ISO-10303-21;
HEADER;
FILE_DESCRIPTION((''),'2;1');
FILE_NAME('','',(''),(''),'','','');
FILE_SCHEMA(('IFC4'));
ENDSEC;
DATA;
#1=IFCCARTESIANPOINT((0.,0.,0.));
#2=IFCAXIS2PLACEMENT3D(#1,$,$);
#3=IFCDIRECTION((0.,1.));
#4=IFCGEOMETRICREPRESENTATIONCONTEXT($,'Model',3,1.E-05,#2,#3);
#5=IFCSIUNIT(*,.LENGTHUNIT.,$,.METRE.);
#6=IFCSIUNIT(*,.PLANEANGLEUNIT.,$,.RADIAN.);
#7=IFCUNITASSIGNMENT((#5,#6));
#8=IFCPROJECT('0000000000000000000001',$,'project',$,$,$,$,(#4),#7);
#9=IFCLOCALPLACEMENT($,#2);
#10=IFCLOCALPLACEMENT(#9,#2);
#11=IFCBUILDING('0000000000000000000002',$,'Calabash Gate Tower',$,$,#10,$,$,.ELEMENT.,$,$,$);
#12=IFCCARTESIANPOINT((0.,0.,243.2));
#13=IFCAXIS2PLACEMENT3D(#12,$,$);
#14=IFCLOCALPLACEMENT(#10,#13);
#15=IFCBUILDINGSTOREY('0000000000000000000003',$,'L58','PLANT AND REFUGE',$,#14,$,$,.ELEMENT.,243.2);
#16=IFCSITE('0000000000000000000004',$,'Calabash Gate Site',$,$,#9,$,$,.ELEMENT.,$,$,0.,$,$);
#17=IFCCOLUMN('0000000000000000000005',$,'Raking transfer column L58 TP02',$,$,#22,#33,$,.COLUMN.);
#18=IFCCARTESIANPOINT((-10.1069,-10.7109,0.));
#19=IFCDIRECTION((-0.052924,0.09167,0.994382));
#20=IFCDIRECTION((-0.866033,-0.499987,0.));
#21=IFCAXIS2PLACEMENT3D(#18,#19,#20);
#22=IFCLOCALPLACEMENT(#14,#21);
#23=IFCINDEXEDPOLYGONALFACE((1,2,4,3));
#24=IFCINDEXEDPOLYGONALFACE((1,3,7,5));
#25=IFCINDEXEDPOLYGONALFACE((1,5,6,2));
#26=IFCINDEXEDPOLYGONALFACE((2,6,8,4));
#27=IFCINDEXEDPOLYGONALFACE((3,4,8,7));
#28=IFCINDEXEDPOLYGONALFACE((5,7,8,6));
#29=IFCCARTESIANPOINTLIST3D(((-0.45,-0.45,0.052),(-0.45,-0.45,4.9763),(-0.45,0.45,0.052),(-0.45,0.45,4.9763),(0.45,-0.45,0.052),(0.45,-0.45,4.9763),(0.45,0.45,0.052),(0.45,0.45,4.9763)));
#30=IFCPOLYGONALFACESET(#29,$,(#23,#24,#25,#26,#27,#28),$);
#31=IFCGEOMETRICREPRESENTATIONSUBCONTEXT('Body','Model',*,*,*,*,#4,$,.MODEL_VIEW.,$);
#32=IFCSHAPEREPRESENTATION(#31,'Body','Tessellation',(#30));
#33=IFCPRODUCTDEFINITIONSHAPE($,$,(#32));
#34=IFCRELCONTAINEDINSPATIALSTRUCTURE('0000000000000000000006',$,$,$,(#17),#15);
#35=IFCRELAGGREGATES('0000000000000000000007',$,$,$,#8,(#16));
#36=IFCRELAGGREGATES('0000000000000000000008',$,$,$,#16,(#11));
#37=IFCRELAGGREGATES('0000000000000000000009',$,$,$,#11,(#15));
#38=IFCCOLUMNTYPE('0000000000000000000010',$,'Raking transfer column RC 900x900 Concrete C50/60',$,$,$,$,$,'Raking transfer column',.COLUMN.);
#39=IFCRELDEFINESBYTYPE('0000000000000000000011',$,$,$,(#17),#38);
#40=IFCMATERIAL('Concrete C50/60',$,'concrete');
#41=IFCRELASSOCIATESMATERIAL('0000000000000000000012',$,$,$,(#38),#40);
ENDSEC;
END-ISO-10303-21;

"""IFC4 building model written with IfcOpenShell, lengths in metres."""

from ifc_helpers import new_model, si_unit, direction, frame, origin, origin_2d, place, context, subcontext, project, spatial, rectangle, extrude, clip, halfspace, material, material_profile, profile_set, type_object, element, save


model = new_model("IFC4")

# Units and contexts
model_context = context("Model", 3, precision=1e-05, world=origin(), true_north=direction((0.0, 1.0)))
body_context = subcontext(model_context, "Body", "Model", "MODEL_VIEW")
ifc_project = project(units=[si_unit("LENGTHUNIT", "METRE"), si_unit("PLANEANGLEUNIT", "RADIAN")], contexts=[model_context])

# Site, building, storey
site_placement = place(None, origin())
site = spatial("IfcSite", under=ifc_project, at=site_placement, Name="Calabash Gate Site", CompositionType="ELEMENT", RefElevation=0.0)
building_placement = place(site_placement, origin())
building = spatial("IfcBuilding", under=site, at=building_placement, Name="Calabash Gate Tower", CompositionType="ELEMENT")
storey_placement = place(building_placement, frame((0.0, 0.0, 243.2)))
storey = spatial("IfcBuildingStorey", under=building, at=storey_placement, Name="L58", Description="PLANT AND REFUGE", CompositionType="ELEMENT", Elevation=243.2)

# Column
ifc_material_1 = material(Name="Concrete C50/60", Category="concrete")
ifc_material_profile_1 = material_profile(ifc_material_1, rectangle(XDim=0.8999, YDim=0.8999, at=origin_2d()))
ifc_profile_set_1 = profile_set([ifc_material_profile_1], Name="Concrete C50/60")
column_type_1 = type_object("IfcColumnType", Name="Raking transfer column RC 900x900 Concrete C50/60", ElementType="Raking transfer column", PredefinedType="COLUMN", material=ifc_profile_set_1)
column_1_placement = place(storey_placement, frame((-10.1069, -10.7109, 0.0), z_axis=(-0.052924, 0.09167, 0.994382), x_axis=(-0.866033, -0.499987, 0.0)))
element("IfcColumn", 1, at=column_1_placement, inside=storey, type_object=column_type_1, Name="Raking transfer column L58 TP02", PredefinedType="COLUMN", context=body_context, shape_type="Clipping", body=[
    clip(clip(extrude(rectangle(XDim=0.8999, YDim=0.8999, at=origin_2d()), origin(), (0.0, 0.0, 1.0), 5.0283), halfspace(frame((0.0, 0.0, 0.052), z_axis=(0.0, 0.0, 1.0), x_axis=(1.0, 0.0, 0.0)), True)), halfspace(frame((0.0, 0.0, 4.9763), z_axis=(0.0, 0.0, 1.0), x_axis=(1.0, 0.0, 0.0)), False)),
])

save(model, "model.ifc")
